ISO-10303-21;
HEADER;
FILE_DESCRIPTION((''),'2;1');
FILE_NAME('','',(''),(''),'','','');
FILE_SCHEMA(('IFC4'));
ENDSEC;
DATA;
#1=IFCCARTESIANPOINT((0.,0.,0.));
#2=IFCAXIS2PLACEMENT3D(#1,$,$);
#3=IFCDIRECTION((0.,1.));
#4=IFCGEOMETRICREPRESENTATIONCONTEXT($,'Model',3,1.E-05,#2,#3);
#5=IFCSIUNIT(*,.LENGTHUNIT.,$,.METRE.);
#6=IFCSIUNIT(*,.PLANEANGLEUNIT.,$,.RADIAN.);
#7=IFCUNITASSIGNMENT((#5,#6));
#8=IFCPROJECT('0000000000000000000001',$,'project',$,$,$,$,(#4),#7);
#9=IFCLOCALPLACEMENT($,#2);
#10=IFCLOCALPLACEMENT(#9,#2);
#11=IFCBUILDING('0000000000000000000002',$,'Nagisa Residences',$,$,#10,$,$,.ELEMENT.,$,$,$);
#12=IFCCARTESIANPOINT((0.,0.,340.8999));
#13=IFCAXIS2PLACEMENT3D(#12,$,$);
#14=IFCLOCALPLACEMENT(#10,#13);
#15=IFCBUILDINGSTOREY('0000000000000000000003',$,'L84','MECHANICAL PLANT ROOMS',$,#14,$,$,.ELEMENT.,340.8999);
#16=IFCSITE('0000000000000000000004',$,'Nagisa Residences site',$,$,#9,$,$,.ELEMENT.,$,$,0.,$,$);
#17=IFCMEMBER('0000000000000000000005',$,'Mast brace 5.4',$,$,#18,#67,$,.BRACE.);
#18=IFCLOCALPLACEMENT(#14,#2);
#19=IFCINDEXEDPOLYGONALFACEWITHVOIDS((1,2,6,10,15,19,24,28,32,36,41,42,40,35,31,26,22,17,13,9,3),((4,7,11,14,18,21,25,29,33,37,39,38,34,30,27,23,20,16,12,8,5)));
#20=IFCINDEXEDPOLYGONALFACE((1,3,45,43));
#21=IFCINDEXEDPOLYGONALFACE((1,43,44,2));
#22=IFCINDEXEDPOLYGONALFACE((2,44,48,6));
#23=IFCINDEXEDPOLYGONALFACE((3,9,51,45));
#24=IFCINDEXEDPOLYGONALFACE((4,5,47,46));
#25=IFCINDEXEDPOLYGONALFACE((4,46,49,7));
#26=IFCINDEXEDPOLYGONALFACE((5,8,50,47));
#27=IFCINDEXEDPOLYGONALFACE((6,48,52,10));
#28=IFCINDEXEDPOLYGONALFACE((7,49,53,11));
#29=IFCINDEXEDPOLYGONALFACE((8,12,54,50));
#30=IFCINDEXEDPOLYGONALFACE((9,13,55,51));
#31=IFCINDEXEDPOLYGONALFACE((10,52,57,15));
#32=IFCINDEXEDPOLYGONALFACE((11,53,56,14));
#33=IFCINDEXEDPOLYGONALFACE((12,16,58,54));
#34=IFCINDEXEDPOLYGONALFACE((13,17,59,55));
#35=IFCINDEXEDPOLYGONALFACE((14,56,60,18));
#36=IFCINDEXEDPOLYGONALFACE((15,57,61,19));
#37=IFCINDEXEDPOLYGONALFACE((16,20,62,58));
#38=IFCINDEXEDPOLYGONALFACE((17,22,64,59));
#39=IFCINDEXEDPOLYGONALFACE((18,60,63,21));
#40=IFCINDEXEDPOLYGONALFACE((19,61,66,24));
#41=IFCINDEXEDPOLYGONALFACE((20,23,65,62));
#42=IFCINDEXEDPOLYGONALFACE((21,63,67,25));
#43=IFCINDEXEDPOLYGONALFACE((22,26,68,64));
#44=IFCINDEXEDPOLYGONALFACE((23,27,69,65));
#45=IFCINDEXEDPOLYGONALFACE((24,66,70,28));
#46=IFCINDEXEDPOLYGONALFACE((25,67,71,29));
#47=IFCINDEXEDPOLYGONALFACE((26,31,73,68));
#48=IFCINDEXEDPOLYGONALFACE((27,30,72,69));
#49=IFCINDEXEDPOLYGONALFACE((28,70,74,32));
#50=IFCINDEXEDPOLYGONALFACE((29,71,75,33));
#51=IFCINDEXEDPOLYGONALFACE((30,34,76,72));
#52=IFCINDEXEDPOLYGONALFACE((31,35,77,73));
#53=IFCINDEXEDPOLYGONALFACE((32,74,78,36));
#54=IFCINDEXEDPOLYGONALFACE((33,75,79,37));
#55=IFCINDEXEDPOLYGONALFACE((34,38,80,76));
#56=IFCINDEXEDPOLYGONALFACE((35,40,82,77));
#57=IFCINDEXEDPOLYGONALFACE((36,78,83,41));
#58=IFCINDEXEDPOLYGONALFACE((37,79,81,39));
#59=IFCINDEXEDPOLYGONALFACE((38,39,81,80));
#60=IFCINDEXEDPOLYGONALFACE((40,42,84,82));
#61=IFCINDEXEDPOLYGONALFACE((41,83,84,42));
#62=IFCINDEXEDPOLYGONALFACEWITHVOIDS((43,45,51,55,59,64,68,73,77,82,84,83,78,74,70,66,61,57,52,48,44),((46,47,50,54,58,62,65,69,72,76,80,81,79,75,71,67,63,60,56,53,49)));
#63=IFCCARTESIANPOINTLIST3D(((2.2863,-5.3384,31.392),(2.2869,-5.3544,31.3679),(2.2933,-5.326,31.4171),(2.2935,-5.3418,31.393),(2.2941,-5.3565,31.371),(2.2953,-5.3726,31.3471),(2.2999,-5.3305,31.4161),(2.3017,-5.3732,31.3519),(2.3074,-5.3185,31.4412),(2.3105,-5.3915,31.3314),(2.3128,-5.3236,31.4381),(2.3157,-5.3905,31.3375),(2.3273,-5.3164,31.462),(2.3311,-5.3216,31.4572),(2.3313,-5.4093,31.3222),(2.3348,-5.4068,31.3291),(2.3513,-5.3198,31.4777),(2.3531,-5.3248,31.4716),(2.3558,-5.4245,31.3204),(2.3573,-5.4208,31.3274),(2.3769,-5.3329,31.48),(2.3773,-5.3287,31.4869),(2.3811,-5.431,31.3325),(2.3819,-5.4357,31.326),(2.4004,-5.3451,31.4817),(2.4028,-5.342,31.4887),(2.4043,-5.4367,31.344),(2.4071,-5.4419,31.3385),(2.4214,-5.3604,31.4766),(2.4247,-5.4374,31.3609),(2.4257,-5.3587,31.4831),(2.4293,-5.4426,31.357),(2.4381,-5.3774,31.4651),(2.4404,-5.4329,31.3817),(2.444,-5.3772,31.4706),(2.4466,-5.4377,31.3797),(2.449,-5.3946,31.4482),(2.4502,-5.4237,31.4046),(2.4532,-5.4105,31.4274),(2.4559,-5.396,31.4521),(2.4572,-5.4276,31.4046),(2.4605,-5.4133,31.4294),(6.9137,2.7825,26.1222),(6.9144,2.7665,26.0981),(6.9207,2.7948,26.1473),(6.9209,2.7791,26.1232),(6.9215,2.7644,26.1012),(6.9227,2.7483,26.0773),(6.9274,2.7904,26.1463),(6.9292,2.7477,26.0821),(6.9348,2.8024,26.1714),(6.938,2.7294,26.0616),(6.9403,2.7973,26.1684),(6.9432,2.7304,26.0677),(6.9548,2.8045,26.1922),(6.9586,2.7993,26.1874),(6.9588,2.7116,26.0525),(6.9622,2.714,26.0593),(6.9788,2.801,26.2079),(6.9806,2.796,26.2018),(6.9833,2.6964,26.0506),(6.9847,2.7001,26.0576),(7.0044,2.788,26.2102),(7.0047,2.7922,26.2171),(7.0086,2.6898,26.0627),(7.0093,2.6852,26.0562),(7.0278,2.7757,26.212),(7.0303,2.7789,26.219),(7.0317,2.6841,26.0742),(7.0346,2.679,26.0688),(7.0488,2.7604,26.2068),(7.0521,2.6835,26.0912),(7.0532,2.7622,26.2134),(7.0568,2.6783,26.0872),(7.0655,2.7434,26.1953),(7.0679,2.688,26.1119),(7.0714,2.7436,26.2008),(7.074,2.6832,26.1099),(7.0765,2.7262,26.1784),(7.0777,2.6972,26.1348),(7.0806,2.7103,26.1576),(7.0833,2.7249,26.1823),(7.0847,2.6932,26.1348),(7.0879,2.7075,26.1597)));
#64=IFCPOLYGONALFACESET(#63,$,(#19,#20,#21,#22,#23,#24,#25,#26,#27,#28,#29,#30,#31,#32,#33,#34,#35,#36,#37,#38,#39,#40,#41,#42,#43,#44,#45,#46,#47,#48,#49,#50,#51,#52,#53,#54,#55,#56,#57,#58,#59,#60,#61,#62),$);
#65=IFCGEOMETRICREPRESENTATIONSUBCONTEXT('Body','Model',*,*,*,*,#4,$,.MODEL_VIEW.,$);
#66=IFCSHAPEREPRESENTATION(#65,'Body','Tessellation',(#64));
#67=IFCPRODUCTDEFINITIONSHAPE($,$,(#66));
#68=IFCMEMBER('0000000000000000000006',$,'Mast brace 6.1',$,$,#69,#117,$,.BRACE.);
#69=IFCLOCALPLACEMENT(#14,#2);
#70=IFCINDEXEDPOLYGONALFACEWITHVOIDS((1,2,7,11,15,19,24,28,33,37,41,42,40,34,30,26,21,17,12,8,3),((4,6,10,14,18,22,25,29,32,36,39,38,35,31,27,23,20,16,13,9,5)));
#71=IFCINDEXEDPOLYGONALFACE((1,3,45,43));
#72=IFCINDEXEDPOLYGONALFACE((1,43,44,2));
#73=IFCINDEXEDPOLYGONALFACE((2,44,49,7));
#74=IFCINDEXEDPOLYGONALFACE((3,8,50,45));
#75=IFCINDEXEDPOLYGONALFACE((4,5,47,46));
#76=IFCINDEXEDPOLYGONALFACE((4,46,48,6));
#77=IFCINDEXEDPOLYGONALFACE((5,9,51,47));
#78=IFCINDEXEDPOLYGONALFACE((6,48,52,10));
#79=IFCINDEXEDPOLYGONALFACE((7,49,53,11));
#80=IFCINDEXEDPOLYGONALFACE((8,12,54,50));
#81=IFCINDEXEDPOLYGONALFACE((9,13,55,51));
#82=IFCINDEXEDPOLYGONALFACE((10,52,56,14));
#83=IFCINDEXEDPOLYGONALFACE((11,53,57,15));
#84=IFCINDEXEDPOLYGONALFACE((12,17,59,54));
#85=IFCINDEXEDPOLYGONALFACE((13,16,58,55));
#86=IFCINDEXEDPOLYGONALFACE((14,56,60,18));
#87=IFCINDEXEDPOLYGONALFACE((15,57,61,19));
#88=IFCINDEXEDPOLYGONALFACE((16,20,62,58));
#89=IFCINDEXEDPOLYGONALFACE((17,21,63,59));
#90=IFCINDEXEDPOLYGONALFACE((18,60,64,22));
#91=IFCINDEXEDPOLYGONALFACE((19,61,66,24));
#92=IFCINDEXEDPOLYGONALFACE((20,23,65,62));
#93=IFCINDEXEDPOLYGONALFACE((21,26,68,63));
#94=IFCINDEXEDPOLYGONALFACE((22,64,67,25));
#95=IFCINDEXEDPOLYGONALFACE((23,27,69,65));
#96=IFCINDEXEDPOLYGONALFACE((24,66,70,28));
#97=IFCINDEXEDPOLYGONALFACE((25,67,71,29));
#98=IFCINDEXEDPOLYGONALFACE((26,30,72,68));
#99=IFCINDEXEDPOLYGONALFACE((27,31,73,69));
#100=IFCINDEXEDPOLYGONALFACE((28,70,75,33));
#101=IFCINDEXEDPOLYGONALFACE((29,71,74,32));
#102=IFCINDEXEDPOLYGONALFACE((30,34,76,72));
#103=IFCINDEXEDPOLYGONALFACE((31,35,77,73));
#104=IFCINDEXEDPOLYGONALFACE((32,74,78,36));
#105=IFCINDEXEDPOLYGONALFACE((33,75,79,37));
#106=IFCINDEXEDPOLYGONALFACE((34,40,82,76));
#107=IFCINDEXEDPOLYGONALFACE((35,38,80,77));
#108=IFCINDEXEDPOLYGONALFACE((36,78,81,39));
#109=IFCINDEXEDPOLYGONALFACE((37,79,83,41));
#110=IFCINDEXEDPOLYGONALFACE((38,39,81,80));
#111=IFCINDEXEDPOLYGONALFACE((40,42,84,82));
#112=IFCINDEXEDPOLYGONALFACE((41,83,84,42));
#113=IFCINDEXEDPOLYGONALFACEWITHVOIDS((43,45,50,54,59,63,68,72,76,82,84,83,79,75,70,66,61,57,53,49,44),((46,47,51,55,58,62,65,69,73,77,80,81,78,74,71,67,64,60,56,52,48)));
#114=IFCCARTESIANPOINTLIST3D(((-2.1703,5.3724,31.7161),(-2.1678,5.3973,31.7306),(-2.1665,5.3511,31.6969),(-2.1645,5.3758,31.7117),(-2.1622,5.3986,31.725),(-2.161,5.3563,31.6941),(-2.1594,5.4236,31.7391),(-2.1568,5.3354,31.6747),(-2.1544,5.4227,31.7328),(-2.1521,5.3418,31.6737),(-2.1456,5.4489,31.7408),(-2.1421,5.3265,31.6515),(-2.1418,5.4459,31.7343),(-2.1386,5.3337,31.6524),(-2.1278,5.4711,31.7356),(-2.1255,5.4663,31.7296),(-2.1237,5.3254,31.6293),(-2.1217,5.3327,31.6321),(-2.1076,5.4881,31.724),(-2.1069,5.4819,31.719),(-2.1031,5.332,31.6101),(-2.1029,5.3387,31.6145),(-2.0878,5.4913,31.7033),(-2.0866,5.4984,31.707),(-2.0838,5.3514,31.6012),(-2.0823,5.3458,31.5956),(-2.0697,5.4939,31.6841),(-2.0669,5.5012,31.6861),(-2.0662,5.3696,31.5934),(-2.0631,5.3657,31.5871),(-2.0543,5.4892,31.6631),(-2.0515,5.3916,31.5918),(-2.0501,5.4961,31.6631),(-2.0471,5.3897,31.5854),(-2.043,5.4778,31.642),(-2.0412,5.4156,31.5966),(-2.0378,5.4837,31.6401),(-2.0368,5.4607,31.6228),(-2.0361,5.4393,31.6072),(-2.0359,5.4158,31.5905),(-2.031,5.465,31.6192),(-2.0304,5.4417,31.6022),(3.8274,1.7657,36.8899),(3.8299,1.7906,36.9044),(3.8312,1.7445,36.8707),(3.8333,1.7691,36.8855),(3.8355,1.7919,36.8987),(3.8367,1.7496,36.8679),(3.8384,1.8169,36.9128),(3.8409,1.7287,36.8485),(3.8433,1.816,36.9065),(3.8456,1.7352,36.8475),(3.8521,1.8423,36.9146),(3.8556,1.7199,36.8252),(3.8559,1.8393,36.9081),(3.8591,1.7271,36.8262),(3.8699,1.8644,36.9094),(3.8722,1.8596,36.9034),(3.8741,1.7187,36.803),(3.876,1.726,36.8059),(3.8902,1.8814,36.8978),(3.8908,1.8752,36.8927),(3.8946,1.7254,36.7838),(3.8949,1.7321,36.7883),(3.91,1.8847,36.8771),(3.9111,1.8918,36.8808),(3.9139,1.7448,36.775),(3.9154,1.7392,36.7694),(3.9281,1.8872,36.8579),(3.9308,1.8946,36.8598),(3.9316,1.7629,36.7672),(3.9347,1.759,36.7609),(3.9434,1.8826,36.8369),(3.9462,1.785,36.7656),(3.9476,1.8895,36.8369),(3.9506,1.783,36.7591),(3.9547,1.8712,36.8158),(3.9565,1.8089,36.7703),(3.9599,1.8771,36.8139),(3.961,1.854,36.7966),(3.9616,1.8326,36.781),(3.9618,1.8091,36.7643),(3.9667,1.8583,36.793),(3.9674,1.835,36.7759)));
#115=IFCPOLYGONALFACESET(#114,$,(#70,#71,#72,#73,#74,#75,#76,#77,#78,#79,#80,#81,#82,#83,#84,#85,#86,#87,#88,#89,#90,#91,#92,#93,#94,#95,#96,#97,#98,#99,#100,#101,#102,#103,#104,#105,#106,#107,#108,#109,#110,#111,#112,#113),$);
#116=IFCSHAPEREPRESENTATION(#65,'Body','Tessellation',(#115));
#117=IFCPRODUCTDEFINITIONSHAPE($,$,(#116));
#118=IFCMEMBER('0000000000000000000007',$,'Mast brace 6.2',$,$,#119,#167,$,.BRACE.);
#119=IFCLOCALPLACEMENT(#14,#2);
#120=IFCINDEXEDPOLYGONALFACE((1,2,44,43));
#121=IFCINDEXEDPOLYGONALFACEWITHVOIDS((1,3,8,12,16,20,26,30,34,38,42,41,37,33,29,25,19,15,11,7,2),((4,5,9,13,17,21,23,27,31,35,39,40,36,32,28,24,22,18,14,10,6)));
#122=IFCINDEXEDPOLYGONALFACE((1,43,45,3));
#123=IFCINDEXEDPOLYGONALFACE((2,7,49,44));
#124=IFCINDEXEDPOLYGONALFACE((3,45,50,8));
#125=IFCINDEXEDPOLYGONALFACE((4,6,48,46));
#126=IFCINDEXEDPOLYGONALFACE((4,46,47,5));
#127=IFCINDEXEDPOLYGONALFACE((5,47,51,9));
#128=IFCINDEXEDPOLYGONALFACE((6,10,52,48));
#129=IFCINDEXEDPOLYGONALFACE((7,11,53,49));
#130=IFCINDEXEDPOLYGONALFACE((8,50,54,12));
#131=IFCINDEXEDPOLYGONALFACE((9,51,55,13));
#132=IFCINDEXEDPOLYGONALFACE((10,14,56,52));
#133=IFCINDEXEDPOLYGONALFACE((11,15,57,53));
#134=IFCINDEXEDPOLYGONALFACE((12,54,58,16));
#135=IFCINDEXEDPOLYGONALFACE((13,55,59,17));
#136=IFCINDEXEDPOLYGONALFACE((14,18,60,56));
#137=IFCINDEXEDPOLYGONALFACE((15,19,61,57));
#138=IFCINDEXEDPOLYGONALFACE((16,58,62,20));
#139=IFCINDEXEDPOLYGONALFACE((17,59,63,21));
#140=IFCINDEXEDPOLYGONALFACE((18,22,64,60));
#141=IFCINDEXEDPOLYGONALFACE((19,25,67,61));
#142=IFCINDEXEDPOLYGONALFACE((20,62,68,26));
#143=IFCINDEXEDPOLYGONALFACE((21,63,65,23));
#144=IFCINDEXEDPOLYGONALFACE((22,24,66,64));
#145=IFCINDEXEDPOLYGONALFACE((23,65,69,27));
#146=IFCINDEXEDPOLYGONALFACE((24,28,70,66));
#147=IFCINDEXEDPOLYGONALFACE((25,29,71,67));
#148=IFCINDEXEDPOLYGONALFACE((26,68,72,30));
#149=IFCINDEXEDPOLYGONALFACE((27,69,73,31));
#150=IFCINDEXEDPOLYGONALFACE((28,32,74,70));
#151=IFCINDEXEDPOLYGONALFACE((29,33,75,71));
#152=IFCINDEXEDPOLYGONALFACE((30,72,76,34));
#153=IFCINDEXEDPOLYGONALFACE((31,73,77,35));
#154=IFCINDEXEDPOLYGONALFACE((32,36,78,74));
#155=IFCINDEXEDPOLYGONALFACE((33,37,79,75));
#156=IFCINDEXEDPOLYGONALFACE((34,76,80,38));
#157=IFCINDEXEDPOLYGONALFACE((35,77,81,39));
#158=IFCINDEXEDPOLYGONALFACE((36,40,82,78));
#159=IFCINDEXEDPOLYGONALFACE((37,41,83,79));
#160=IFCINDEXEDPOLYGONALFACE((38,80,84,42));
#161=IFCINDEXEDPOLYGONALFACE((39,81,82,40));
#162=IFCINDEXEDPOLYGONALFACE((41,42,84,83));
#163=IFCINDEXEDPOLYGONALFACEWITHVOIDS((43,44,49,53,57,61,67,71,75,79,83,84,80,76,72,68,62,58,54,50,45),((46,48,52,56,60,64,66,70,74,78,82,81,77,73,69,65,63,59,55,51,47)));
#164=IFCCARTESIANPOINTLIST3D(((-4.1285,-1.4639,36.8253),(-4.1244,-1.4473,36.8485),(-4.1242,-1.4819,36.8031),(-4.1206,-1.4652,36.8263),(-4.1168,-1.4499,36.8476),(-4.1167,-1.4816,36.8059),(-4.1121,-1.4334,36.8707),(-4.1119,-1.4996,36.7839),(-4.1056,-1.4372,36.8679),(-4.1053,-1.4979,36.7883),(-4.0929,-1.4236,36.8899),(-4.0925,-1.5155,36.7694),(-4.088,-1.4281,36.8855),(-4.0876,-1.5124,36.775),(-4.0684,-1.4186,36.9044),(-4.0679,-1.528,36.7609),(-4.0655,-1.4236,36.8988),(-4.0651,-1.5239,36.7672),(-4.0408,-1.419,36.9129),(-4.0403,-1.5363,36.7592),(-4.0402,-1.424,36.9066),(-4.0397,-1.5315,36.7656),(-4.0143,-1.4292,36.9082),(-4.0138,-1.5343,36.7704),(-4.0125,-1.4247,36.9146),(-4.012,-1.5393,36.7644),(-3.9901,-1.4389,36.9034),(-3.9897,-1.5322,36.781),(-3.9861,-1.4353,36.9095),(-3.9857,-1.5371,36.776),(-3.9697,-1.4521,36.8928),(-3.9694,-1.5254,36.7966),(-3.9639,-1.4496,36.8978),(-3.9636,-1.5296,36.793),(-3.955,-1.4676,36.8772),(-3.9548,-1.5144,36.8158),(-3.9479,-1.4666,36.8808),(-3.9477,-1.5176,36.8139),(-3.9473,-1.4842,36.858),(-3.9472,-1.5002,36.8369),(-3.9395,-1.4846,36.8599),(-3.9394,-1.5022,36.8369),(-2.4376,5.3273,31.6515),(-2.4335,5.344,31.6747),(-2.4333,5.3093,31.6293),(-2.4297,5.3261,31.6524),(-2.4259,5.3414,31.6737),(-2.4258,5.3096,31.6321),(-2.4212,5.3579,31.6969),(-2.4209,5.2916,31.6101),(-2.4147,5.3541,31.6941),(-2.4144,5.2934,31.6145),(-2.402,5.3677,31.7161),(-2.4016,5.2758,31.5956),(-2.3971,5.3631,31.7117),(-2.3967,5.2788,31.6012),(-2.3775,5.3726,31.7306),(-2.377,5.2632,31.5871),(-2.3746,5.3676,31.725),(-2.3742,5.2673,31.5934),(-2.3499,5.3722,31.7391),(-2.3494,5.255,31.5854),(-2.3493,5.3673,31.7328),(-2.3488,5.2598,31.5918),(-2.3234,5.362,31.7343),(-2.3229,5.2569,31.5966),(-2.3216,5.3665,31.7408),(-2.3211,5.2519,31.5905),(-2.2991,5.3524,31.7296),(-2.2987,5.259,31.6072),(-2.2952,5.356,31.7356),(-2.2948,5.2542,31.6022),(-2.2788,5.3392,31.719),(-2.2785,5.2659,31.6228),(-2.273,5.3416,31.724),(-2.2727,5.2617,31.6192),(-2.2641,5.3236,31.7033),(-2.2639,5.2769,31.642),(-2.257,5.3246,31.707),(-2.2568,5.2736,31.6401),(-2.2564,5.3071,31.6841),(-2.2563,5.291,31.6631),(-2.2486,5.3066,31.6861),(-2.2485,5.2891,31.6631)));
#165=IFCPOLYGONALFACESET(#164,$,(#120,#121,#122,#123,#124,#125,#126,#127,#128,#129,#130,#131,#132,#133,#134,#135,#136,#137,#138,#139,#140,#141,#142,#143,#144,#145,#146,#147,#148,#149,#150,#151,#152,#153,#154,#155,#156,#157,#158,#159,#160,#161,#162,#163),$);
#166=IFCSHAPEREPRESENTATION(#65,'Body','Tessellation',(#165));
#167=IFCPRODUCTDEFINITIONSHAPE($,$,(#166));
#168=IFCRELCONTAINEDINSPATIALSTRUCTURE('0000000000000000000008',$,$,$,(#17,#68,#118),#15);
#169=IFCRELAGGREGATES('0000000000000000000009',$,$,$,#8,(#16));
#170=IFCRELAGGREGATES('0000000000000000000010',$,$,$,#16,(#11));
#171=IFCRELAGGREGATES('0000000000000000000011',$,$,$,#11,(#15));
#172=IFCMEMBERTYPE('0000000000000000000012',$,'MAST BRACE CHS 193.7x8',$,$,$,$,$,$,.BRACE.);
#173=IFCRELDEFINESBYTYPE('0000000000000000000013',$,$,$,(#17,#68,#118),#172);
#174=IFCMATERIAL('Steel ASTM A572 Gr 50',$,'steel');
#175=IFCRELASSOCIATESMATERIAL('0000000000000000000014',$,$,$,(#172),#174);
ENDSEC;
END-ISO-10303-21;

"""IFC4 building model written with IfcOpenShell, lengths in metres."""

from ifc_helpers import new_model, si_unit, direction, frame, origin, origin_2d, place, context, subcontext, project, spatial, hollow_circle, extrude, material, material_profile, profile_set, type_object, element, save


model = new_model("IFC4")

# Units and contexts
model_context = context("Model", 3, precision=1e-05, world=origin(), true_north=direction((0.0, 1.0)))
body_context = subcontext(model_context, "Body", "Model", "MODEL_VIEW")
ifc_project = project(units=[si_unit("LENGTHUNIT", "METRE"), si_unit("PLANEANGLEUNIT", "RADIAN")], contexts=[model_context])

# Site, building, storey
site_placement = place(None, origin())
site = spatial("IfcSite", under=ifc_project, at=site_placement, Name="Nagisa Residences site", CompositionType="ELEMENT", RefElevation=0.0)
building_placement = place(site_placement, origin())
building = spatial("IfcBuilding", under=site, at=building_placement, Name="Nagisa Residences", CompositionType="ELEMENT")
storey_placement = place(building_placement, frame((0.0, 0.0, 340.8999)))
storey = spatial("IfcBuildingStorey", under=building, at=storey_placement, Name="L84", Description="MECHANICAL PLANT ROOMS", CompositionType="ELEMENT", Elevation=340.8999)

# Members
ifc_material_1 = material(Name="Steel ASTM A572 Gr 50", Category="steel")
ifc_material_profile_1 = material_profile(ifc_material_1, hollow_circle(Radius=0.0969, WallThickness=0.0081, at=origin_2d()), Name="MAST BRACE CHS 193.7x8")
ifc_profile_set_1 = profile_set([ifc_material_profile_1], Name="Steel ASTM A572 Gr 50")
member_type_1 = type_object("IfcMemberType", Name="MAST BRACE CHS 193.7x8", PredefinedType="BRACE", material=ifc_profile_set_1)
for number, where, z_axis, x_axis, name in (
    (1, (7.0005, 2.7412, 26.1348), (-0.431264, -0.756839, 0.491127), (0.868844, -0.495087, 0.0), "Mast brace 5.4"),
):
    element("IfcMember", number, at=place(storey_placement, frame(where, z_axis=z_axis, x_axis=x_axis)), inside=storey, type_object=member_type_1, Name=name, PredefinedType="BRACE", context=body_context, shape_type="SweptSolid", body=[
        extrude(hollow_circle(Radius=0.0969, WallThickness=0.0081, at=origin_2d()), origin(), (0.0, 0.0, 1.0), 10.73),
    ])
for number, where, z_axis, x_axis, name in (
    (2, (-2.1001, 5.4131, 31.6631), (0.689128, -0.414397, 0.594456), (0.515337, 0.856988, 0.0), "Mast brace 6.1"),
    (3, (-2.3425, 5.3125, 31.6631), (-0.194283, -0.780301, 0.594462), (0.970374, -0.241608, 0.0), "Mast brace 6.2"),
):
    element("IfcMember", number, at=place(storey_placement, frame(where, z_axis=z_axis, x_axis=x_axis)), inside=storey, type_object=member_type_1, Name=name, PredefinedType="BRACE", context=body_context, shape_type="SweptSolid", body=[
        extrude(hollow_circle(Radius=0.0969, WallThickness=0.0081, at=origin_2d()), origin(), (0.0, 0.0, 1.0), 8.7034),
    ])

save(model, "model.ifc")
